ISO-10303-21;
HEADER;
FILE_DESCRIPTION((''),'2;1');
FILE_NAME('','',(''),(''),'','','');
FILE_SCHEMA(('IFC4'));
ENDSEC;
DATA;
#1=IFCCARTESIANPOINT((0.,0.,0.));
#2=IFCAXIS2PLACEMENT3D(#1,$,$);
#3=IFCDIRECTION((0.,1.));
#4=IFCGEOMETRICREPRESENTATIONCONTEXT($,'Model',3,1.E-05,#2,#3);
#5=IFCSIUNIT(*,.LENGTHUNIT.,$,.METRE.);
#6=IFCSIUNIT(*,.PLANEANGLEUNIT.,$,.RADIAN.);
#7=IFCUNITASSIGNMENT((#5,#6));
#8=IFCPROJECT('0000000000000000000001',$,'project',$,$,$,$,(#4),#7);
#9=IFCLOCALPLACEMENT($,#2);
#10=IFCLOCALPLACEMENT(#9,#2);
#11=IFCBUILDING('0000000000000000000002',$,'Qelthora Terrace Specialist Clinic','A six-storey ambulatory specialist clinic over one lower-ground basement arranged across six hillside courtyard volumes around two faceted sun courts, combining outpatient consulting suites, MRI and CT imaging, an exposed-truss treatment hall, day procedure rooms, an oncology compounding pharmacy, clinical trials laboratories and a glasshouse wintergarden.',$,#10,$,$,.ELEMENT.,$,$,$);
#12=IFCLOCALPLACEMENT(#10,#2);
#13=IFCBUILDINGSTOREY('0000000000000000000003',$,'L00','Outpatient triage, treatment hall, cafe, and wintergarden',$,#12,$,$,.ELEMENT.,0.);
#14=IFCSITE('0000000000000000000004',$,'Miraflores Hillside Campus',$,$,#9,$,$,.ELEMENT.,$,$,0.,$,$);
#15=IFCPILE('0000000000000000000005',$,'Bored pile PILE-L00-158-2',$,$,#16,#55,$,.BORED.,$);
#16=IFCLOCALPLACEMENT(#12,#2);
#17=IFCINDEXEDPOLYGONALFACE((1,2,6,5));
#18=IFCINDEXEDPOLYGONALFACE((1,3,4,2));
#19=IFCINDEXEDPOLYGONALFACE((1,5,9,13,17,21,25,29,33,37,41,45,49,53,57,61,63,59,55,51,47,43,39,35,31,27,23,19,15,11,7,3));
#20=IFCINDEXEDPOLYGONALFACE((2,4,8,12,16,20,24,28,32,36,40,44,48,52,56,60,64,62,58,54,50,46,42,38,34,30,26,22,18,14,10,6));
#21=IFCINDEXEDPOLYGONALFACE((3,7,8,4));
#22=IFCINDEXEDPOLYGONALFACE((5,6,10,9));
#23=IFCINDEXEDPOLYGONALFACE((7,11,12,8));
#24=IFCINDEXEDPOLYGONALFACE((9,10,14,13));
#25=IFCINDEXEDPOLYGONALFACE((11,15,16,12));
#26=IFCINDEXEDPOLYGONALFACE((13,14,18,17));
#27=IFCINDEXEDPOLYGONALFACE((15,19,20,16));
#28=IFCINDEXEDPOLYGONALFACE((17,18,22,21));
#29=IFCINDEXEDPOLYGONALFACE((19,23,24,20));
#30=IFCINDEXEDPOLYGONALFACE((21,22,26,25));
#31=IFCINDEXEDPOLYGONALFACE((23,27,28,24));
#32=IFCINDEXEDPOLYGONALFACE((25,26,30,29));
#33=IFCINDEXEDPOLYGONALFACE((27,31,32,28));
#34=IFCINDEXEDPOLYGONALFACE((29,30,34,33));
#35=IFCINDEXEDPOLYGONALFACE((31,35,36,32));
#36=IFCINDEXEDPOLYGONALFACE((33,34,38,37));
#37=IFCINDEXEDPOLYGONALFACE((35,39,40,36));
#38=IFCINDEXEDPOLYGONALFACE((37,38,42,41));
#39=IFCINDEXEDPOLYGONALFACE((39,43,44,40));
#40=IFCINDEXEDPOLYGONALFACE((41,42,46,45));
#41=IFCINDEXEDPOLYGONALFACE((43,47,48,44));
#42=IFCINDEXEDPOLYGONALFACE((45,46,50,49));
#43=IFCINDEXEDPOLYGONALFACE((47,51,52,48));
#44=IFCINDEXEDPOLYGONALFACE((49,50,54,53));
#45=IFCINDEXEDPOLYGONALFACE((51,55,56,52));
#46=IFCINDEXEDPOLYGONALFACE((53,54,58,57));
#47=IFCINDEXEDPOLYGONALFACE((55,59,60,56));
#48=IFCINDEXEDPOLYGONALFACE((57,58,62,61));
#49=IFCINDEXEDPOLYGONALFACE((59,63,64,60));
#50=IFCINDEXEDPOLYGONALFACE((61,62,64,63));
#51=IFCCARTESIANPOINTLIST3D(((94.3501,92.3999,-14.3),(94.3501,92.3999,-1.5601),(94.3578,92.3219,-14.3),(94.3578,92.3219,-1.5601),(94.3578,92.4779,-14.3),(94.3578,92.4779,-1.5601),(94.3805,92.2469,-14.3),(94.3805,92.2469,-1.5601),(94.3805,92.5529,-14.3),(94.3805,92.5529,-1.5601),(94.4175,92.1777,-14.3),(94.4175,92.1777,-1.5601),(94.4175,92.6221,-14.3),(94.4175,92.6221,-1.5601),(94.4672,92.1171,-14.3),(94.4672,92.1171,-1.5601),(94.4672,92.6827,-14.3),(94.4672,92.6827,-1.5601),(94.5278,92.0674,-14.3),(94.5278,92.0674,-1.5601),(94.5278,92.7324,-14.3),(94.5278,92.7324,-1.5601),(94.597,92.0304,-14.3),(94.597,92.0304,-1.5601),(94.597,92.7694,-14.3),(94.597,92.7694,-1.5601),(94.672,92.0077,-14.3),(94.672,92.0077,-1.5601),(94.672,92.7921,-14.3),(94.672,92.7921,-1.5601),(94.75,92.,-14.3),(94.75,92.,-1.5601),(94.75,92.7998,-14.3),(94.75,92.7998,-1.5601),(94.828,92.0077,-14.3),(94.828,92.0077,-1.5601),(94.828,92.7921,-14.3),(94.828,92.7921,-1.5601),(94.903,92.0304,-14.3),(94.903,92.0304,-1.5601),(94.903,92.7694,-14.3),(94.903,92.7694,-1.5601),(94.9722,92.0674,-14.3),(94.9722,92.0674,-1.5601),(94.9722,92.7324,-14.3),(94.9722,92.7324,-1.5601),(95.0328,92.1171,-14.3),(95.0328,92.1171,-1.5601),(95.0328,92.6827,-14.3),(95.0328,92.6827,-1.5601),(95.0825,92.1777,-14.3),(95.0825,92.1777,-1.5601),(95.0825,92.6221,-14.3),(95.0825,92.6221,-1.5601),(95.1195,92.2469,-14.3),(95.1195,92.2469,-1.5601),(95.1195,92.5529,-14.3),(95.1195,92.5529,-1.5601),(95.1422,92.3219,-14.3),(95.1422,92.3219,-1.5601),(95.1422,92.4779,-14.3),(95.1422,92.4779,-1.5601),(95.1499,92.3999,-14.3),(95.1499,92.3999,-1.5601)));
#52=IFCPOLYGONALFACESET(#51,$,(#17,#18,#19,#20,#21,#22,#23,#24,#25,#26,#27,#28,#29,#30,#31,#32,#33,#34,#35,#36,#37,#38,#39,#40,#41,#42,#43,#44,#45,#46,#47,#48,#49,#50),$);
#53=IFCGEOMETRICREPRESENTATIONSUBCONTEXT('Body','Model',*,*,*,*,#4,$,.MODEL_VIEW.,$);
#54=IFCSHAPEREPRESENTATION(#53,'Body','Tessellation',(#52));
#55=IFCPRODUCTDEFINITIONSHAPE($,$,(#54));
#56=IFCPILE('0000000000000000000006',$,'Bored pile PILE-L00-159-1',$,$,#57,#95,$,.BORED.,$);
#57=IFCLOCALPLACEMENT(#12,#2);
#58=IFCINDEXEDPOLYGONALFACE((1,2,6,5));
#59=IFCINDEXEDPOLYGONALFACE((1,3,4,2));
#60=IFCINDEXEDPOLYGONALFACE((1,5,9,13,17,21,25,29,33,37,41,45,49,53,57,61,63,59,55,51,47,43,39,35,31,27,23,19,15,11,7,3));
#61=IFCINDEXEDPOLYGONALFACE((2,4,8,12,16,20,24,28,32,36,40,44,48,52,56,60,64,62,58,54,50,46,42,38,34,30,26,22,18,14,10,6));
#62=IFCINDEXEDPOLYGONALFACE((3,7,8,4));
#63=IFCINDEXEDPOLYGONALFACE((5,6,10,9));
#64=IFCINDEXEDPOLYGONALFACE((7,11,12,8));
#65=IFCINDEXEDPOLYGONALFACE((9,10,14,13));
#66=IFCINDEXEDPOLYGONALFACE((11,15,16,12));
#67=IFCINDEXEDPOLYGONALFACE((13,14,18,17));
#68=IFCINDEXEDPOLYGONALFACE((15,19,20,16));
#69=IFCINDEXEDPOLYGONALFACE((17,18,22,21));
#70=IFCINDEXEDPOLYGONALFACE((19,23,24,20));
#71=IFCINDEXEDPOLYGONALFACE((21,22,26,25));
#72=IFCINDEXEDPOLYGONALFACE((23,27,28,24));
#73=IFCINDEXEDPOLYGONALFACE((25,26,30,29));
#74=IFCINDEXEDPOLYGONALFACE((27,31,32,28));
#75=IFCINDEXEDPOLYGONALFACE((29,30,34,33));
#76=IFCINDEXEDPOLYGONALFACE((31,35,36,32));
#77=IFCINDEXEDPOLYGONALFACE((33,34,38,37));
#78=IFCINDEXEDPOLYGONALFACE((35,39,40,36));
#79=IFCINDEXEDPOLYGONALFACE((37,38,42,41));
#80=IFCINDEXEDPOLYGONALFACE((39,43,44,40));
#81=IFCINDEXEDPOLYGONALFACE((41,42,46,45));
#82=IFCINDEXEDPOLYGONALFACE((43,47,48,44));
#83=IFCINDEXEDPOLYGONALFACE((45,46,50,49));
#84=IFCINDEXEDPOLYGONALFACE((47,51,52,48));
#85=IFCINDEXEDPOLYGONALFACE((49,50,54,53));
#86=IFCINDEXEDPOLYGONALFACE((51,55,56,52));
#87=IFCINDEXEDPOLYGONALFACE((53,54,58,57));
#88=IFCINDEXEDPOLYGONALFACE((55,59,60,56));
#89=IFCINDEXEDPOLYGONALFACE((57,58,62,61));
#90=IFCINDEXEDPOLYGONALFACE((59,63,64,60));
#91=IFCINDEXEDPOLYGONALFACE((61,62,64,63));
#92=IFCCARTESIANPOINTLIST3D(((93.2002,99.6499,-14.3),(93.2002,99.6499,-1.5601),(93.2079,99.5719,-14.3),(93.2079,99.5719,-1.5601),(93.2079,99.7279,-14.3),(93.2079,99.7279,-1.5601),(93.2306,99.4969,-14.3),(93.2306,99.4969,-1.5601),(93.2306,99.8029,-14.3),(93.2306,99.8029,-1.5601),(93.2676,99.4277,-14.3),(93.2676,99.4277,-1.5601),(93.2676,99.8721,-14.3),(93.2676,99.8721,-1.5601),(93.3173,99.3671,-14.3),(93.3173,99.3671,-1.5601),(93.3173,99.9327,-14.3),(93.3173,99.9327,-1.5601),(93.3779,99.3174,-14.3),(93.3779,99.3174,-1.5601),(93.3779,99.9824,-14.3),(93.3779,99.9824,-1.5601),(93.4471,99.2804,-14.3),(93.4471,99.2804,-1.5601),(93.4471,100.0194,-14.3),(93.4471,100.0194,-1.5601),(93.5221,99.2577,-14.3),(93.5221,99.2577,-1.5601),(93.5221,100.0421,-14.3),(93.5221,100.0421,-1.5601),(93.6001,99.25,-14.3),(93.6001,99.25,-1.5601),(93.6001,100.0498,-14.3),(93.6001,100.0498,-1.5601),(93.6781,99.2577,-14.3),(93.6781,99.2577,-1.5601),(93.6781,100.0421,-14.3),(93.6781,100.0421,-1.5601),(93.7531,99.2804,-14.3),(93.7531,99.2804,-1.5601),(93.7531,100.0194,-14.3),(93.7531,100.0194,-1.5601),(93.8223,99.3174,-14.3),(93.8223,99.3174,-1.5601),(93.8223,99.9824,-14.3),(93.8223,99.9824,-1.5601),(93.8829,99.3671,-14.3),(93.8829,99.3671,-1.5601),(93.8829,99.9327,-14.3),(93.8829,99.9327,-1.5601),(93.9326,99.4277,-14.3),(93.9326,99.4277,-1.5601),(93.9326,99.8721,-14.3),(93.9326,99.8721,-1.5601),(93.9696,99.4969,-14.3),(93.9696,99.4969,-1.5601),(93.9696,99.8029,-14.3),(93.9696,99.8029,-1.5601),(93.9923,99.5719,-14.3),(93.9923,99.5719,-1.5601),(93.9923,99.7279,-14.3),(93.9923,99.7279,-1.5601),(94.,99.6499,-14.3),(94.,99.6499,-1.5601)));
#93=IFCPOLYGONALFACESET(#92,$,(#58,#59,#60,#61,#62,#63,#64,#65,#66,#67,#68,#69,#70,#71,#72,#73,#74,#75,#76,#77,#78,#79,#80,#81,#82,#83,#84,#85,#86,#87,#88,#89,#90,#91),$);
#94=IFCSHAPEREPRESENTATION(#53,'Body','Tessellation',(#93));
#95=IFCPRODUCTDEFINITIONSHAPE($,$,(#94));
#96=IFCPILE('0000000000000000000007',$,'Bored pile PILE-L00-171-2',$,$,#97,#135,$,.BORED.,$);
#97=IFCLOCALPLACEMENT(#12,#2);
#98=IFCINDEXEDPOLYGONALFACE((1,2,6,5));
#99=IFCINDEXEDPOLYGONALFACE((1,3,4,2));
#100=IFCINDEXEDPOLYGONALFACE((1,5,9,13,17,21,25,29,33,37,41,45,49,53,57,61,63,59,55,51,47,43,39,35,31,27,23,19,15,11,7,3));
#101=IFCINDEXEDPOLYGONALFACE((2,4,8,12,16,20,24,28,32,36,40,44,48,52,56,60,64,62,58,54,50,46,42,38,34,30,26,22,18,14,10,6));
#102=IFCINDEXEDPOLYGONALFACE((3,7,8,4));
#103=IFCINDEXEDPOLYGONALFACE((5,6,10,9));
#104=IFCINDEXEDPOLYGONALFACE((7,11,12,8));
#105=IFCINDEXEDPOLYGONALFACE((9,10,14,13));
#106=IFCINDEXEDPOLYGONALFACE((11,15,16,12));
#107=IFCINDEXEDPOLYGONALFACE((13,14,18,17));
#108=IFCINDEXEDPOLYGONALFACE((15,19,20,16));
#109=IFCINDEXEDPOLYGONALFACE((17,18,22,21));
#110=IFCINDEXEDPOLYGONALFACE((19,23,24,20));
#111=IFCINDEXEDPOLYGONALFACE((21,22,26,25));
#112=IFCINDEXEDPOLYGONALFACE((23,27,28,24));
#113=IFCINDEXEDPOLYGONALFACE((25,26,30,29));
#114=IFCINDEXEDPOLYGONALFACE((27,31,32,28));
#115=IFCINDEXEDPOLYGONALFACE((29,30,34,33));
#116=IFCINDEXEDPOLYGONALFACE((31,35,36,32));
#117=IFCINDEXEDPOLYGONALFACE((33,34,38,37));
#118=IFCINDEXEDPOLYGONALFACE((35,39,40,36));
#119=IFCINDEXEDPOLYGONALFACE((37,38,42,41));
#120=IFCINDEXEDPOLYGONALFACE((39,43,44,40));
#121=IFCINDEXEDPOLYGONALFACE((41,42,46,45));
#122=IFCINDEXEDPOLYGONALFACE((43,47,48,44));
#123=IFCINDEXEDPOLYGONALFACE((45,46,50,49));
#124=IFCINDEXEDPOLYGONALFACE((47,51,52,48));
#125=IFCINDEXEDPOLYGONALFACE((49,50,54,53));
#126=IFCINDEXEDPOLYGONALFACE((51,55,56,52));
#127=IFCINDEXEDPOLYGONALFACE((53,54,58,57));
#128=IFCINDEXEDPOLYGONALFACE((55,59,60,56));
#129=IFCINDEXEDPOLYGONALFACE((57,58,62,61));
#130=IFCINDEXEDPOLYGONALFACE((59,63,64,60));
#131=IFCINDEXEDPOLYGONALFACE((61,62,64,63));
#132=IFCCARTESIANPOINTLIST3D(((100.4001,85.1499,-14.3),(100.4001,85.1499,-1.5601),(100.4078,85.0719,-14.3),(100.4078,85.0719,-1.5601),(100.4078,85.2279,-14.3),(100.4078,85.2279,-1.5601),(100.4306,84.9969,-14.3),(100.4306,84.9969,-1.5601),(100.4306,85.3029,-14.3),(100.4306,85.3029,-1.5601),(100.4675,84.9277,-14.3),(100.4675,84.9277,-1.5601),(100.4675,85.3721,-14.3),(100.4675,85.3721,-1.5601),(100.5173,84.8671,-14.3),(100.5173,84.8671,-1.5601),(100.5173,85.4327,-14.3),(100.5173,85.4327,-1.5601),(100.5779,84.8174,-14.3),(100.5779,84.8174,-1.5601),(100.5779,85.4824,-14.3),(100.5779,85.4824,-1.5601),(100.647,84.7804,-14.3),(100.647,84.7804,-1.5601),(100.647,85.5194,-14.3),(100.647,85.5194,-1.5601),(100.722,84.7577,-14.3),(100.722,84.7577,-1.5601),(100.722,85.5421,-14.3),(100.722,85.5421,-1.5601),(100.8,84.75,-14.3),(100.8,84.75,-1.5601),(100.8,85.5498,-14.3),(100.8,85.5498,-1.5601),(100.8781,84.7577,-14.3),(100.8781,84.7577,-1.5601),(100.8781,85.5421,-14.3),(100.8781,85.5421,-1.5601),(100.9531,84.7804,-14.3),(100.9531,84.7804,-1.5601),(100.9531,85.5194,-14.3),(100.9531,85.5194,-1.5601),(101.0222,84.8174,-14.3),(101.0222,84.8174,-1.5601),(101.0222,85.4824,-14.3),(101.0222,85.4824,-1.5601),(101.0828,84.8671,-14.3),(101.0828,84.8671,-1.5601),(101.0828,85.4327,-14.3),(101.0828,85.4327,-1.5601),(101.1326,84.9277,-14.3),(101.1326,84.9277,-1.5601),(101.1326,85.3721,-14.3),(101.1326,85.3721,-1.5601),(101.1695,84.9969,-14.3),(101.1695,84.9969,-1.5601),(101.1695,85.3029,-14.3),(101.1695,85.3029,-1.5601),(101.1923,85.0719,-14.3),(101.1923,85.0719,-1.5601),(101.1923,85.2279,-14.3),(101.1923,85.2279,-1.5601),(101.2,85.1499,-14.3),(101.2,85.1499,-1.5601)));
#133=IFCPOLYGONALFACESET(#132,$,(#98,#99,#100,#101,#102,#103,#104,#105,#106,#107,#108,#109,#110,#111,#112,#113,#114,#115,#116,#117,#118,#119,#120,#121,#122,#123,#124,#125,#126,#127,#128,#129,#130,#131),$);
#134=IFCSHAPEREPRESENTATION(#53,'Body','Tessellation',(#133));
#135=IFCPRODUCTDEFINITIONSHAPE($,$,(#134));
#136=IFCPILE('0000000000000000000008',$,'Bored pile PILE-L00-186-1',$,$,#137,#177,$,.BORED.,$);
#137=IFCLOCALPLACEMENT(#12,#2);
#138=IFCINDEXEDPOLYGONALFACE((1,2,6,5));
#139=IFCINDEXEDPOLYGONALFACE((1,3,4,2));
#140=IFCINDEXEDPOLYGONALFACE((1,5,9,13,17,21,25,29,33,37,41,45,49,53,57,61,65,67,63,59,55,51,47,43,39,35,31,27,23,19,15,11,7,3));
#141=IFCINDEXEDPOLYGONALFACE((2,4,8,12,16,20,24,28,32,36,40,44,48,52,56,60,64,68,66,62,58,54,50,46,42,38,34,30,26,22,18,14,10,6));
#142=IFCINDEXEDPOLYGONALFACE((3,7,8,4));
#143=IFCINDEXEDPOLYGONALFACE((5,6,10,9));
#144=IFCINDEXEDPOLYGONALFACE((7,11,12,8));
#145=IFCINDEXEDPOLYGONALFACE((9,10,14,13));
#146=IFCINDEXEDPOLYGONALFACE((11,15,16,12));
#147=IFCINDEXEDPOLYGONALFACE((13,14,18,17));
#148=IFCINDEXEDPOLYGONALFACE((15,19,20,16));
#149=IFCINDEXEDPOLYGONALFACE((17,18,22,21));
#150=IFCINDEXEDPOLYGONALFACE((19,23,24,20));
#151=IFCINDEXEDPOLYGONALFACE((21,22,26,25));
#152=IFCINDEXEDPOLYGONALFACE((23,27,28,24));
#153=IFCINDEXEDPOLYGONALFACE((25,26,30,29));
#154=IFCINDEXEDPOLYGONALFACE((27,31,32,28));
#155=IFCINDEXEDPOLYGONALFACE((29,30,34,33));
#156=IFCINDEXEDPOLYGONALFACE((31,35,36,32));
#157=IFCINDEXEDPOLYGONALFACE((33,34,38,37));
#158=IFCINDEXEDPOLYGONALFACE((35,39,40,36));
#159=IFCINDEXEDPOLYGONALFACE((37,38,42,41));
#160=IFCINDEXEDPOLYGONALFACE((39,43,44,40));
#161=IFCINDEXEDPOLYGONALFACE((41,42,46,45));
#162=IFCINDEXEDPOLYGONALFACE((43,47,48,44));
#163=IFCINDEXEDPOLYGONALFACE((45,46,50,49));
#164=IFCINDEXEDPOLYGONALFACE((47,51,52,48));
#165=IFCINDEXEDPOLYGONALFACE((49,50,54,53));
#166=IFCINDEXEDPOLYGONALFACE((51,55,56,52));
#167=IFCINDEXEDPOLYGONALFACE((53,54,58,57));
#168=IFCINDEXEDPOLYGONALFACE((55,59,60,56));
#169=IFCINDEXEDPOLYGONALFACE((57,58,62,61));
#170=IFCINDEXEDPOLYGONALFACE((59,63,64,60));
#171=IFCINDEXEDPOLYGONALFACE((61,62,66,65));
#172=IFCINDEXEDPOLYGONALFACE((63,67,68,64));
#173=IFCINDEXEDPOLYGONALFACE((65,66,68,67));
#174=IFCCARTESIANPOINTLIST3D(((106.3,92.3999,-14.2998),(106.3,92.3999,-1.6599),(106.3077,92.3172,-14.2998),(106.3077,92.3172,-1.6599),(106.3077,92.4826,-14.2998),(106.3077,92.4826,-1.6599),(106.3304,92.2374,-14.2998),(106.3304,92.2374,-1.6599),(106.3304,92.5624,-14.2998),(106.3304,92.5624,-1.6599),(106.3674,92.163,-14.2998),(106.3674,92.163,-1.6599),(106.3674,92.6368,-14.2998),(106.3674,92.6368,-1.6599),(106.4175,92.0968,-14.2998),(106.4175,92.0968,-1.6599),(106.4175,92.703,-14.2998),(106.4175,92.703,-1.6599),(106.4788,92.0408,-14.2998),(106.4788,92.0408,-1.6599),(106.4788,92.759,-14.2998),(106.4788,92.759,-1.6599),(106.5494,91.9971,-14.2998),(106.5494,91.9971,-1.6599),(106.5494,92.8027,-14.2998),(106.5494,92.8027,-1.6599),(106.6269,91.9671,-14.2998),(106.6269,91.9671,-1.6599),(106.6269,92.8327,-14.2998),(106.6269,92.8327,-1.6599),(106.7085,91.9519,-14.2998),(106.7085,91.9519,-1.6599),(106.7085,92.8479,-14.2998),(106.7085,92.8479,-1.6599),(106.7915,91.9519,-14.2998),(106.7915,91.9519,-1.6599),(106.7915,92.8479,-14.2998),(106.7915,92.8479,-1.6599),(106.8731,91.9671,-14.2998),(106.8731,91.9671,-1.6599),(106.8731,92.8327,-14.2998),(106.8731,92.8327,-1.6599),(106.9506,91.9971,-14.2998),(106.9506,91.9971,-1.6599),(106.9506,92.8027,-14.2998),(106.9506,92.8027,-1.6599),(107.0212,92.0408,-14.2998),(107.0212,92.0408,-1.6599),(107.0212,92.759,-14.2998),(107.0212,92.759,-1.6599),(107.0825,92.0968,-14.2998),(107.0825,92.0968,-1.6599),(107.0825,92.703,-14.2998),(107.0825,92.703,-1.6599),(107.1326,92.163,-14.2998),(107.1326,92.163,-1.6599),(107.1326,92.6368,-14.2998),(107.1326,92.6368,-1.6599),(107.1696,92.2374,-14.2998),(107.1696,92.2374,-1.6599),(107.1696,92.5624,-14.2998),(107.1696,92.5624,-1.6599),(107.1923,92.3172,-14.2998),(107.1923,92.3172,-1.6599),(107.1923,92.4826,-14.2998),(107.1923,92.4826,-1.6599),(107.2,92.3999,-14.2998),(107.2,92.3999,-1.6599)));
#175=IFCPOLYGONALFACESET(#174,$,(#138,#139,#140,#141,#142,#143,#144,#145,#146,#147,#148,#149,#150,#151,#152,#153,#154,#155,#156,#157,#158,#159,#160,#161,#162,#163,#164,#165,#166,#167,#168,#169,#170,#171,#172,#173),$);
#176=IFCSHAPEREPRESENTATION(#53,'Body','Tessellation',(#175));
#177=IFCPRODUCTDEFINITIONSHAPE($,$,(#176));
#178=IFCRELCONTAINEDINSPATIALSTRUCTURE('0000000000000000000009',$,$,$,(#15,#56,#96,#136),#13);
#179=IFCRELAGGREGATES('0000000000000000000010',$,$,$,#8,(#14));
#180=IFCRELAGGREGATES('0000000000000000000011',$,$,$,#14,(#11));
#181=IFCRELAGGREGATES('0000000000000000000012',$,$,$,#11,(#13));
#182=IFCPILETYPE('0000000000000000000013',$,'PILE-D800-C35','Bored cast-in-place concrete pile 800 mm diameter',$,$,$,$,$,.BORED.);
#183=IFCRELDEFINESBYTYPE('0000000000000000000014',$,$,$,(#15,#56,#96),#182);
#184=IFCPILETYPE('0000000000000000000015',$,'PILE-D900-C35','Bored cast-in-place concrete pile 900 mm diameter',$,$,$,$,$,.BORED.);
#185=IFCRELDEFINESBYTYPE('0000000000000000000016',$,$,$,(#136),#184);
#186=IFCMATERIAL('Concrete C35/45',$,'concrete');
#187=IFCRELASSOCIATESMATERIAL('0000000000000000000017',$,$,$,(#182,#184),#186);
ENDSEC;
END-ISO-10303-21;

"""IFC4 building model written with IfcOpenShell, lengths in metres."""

from ifc_helpers import new_model, si_unit, direction, frame, origin, origin_2d, place, context, subcontext, project, spatial, circle, extrude, material, material_profile, profile_set, type_object, element, save


model = new_model("IFC4")

# Units and contexts
model_context = context("Model", 3, precision=1e-05, world=origin(), true_north=direction((0.0, 1.0)))
body_context = subcontext(model_context, "Body", "Model", "MODEL_VIEW")
ifc_project = project(units=[si_unit("LENGTHUNIT", "METRE"), si_unit("PLANEANGLEUNIT", "RADIAN")], contexts=[model_context])

# Site, building, storey
site_placement = place(None, origin())
site = spatial("IfcSite", under=ifc_project, at=site_placement, Name="Miraflores Hillside Campus", CompositionType="ELEMENT", RefElevation=0.0)
building_placement = place(site_placement, origin())
building = spatial("IfcBuilding", under=site, at=building_placement, Name="Qelthora Terrace Specialist Clinic", Description="A six-storey ambulatory specialist clinic over one lower-ground basement arranged across six hillside courtyard volumes around two faceted sun courts, combining outpatient consulting suites, MRI and CT imaging, an exposed-truss treatment hall, day procedure rooms, an oncology compounding pharmacy, clinical trials laboratories and a glasshouse wintergarden.", CompositionType="ELEMENT")
storey_placement = place(building_placement, origin())
storey = spatial("IfcBuildingStorey", under=building, at=storey_placement, Name="L00", Description="Outpatient triage, treatment hall, cafe, and wintergarden", CompositionType="ELEMENT", Elevation=0.0)

# Shared definitions
ifc_material_1 = material(Name="Concrete C35/45", Category="concrete")

# Piles
ifc_material_profile_1 = material_profile(ifc_material_1, circle(Radius=0.3999, at=origin_2d()), Name="PILE800")
ifc_profile_set_1 = profile_set([ifc_material_profile_1], Name="Concrete C35/45")
pile_type_1 = type_object("IfcPileType", Name="PILE-D800-C35", Description="Bored cast-in-place concrete pile 800 mm diameter", PredefinedType="BORED", material=ifc_profile_set_1)
for number, where, z_axis, x_axis, name in (
    (1, (94.75, 92.3999, -1.5601), (0.0, 0.0, -1.0), (1.0, 0.0, 0.0), "Bored pile PILE-L00-158-2"),
    (2, (93.6001, 99.6499, -1.5601), (0.0, 0.0, -1.0), (1.0, 0.0, 0.0), "Bored pile PILE-L00-159-1"),
    (3, (100.8, 85.1499, -1.5601), (0.0, 0.0, -1.0), (1.0, 0.0, 0.0), "Bored pile PILE-L00-171-2"),
):
    element("IfcPile", number, at=place(storey_placement, frame(where, z_axis=z_axis, x_axis=x_axis)), inside=storey, type_object=pile_type_1, Name=name, PredefinedType="BORED", context=body_context, shape_type="SweptSolid", body=[
        extrude(circle(Radius=0.3999, at=origin_2d()), origin(), (0.0, 0.0, 1.0), 12.74),
    ])
ifc_material_profile_2 = material_profile(ifc_material_1, circle(Radius=0.45, at=origin_2d()), Name="PILE900")
ifc_profile_set_2 = profile_set([ifc_material_profile_2], Name="Concrete C35/45")
pile_type_2 = type_object("IfcPileType", Name="PILE-D900-C35", Description="Bored cast-in-place concrete pile 900 mm diameter", PredefinedType="BORED", material=ifc_profile_set_2)
for number, where, z_axis, x_axis, name in (
    (4, (106.75, 92.3999, -1.6599), (0.0, 0.0, -1.0), (1.0, 0.0, 0.0), "Bored pile PILE-L00-186-1"),
):
    element("IfcPile", number, at=place(storey_placement, frame(where, z_axis=z_axis, x_axis=x_axis)), inside=storey, type_object=pile_type_2, Name=name, PredefinedType="BORED", context=body_context, shape_type="SweptSolid", body=[
        extrude(circle(Radius=0.45, at=origin_2d()), origin(), (0.0, 0.0, 1.0), 12.6399),
    ])

save(model, "model.ifc")
